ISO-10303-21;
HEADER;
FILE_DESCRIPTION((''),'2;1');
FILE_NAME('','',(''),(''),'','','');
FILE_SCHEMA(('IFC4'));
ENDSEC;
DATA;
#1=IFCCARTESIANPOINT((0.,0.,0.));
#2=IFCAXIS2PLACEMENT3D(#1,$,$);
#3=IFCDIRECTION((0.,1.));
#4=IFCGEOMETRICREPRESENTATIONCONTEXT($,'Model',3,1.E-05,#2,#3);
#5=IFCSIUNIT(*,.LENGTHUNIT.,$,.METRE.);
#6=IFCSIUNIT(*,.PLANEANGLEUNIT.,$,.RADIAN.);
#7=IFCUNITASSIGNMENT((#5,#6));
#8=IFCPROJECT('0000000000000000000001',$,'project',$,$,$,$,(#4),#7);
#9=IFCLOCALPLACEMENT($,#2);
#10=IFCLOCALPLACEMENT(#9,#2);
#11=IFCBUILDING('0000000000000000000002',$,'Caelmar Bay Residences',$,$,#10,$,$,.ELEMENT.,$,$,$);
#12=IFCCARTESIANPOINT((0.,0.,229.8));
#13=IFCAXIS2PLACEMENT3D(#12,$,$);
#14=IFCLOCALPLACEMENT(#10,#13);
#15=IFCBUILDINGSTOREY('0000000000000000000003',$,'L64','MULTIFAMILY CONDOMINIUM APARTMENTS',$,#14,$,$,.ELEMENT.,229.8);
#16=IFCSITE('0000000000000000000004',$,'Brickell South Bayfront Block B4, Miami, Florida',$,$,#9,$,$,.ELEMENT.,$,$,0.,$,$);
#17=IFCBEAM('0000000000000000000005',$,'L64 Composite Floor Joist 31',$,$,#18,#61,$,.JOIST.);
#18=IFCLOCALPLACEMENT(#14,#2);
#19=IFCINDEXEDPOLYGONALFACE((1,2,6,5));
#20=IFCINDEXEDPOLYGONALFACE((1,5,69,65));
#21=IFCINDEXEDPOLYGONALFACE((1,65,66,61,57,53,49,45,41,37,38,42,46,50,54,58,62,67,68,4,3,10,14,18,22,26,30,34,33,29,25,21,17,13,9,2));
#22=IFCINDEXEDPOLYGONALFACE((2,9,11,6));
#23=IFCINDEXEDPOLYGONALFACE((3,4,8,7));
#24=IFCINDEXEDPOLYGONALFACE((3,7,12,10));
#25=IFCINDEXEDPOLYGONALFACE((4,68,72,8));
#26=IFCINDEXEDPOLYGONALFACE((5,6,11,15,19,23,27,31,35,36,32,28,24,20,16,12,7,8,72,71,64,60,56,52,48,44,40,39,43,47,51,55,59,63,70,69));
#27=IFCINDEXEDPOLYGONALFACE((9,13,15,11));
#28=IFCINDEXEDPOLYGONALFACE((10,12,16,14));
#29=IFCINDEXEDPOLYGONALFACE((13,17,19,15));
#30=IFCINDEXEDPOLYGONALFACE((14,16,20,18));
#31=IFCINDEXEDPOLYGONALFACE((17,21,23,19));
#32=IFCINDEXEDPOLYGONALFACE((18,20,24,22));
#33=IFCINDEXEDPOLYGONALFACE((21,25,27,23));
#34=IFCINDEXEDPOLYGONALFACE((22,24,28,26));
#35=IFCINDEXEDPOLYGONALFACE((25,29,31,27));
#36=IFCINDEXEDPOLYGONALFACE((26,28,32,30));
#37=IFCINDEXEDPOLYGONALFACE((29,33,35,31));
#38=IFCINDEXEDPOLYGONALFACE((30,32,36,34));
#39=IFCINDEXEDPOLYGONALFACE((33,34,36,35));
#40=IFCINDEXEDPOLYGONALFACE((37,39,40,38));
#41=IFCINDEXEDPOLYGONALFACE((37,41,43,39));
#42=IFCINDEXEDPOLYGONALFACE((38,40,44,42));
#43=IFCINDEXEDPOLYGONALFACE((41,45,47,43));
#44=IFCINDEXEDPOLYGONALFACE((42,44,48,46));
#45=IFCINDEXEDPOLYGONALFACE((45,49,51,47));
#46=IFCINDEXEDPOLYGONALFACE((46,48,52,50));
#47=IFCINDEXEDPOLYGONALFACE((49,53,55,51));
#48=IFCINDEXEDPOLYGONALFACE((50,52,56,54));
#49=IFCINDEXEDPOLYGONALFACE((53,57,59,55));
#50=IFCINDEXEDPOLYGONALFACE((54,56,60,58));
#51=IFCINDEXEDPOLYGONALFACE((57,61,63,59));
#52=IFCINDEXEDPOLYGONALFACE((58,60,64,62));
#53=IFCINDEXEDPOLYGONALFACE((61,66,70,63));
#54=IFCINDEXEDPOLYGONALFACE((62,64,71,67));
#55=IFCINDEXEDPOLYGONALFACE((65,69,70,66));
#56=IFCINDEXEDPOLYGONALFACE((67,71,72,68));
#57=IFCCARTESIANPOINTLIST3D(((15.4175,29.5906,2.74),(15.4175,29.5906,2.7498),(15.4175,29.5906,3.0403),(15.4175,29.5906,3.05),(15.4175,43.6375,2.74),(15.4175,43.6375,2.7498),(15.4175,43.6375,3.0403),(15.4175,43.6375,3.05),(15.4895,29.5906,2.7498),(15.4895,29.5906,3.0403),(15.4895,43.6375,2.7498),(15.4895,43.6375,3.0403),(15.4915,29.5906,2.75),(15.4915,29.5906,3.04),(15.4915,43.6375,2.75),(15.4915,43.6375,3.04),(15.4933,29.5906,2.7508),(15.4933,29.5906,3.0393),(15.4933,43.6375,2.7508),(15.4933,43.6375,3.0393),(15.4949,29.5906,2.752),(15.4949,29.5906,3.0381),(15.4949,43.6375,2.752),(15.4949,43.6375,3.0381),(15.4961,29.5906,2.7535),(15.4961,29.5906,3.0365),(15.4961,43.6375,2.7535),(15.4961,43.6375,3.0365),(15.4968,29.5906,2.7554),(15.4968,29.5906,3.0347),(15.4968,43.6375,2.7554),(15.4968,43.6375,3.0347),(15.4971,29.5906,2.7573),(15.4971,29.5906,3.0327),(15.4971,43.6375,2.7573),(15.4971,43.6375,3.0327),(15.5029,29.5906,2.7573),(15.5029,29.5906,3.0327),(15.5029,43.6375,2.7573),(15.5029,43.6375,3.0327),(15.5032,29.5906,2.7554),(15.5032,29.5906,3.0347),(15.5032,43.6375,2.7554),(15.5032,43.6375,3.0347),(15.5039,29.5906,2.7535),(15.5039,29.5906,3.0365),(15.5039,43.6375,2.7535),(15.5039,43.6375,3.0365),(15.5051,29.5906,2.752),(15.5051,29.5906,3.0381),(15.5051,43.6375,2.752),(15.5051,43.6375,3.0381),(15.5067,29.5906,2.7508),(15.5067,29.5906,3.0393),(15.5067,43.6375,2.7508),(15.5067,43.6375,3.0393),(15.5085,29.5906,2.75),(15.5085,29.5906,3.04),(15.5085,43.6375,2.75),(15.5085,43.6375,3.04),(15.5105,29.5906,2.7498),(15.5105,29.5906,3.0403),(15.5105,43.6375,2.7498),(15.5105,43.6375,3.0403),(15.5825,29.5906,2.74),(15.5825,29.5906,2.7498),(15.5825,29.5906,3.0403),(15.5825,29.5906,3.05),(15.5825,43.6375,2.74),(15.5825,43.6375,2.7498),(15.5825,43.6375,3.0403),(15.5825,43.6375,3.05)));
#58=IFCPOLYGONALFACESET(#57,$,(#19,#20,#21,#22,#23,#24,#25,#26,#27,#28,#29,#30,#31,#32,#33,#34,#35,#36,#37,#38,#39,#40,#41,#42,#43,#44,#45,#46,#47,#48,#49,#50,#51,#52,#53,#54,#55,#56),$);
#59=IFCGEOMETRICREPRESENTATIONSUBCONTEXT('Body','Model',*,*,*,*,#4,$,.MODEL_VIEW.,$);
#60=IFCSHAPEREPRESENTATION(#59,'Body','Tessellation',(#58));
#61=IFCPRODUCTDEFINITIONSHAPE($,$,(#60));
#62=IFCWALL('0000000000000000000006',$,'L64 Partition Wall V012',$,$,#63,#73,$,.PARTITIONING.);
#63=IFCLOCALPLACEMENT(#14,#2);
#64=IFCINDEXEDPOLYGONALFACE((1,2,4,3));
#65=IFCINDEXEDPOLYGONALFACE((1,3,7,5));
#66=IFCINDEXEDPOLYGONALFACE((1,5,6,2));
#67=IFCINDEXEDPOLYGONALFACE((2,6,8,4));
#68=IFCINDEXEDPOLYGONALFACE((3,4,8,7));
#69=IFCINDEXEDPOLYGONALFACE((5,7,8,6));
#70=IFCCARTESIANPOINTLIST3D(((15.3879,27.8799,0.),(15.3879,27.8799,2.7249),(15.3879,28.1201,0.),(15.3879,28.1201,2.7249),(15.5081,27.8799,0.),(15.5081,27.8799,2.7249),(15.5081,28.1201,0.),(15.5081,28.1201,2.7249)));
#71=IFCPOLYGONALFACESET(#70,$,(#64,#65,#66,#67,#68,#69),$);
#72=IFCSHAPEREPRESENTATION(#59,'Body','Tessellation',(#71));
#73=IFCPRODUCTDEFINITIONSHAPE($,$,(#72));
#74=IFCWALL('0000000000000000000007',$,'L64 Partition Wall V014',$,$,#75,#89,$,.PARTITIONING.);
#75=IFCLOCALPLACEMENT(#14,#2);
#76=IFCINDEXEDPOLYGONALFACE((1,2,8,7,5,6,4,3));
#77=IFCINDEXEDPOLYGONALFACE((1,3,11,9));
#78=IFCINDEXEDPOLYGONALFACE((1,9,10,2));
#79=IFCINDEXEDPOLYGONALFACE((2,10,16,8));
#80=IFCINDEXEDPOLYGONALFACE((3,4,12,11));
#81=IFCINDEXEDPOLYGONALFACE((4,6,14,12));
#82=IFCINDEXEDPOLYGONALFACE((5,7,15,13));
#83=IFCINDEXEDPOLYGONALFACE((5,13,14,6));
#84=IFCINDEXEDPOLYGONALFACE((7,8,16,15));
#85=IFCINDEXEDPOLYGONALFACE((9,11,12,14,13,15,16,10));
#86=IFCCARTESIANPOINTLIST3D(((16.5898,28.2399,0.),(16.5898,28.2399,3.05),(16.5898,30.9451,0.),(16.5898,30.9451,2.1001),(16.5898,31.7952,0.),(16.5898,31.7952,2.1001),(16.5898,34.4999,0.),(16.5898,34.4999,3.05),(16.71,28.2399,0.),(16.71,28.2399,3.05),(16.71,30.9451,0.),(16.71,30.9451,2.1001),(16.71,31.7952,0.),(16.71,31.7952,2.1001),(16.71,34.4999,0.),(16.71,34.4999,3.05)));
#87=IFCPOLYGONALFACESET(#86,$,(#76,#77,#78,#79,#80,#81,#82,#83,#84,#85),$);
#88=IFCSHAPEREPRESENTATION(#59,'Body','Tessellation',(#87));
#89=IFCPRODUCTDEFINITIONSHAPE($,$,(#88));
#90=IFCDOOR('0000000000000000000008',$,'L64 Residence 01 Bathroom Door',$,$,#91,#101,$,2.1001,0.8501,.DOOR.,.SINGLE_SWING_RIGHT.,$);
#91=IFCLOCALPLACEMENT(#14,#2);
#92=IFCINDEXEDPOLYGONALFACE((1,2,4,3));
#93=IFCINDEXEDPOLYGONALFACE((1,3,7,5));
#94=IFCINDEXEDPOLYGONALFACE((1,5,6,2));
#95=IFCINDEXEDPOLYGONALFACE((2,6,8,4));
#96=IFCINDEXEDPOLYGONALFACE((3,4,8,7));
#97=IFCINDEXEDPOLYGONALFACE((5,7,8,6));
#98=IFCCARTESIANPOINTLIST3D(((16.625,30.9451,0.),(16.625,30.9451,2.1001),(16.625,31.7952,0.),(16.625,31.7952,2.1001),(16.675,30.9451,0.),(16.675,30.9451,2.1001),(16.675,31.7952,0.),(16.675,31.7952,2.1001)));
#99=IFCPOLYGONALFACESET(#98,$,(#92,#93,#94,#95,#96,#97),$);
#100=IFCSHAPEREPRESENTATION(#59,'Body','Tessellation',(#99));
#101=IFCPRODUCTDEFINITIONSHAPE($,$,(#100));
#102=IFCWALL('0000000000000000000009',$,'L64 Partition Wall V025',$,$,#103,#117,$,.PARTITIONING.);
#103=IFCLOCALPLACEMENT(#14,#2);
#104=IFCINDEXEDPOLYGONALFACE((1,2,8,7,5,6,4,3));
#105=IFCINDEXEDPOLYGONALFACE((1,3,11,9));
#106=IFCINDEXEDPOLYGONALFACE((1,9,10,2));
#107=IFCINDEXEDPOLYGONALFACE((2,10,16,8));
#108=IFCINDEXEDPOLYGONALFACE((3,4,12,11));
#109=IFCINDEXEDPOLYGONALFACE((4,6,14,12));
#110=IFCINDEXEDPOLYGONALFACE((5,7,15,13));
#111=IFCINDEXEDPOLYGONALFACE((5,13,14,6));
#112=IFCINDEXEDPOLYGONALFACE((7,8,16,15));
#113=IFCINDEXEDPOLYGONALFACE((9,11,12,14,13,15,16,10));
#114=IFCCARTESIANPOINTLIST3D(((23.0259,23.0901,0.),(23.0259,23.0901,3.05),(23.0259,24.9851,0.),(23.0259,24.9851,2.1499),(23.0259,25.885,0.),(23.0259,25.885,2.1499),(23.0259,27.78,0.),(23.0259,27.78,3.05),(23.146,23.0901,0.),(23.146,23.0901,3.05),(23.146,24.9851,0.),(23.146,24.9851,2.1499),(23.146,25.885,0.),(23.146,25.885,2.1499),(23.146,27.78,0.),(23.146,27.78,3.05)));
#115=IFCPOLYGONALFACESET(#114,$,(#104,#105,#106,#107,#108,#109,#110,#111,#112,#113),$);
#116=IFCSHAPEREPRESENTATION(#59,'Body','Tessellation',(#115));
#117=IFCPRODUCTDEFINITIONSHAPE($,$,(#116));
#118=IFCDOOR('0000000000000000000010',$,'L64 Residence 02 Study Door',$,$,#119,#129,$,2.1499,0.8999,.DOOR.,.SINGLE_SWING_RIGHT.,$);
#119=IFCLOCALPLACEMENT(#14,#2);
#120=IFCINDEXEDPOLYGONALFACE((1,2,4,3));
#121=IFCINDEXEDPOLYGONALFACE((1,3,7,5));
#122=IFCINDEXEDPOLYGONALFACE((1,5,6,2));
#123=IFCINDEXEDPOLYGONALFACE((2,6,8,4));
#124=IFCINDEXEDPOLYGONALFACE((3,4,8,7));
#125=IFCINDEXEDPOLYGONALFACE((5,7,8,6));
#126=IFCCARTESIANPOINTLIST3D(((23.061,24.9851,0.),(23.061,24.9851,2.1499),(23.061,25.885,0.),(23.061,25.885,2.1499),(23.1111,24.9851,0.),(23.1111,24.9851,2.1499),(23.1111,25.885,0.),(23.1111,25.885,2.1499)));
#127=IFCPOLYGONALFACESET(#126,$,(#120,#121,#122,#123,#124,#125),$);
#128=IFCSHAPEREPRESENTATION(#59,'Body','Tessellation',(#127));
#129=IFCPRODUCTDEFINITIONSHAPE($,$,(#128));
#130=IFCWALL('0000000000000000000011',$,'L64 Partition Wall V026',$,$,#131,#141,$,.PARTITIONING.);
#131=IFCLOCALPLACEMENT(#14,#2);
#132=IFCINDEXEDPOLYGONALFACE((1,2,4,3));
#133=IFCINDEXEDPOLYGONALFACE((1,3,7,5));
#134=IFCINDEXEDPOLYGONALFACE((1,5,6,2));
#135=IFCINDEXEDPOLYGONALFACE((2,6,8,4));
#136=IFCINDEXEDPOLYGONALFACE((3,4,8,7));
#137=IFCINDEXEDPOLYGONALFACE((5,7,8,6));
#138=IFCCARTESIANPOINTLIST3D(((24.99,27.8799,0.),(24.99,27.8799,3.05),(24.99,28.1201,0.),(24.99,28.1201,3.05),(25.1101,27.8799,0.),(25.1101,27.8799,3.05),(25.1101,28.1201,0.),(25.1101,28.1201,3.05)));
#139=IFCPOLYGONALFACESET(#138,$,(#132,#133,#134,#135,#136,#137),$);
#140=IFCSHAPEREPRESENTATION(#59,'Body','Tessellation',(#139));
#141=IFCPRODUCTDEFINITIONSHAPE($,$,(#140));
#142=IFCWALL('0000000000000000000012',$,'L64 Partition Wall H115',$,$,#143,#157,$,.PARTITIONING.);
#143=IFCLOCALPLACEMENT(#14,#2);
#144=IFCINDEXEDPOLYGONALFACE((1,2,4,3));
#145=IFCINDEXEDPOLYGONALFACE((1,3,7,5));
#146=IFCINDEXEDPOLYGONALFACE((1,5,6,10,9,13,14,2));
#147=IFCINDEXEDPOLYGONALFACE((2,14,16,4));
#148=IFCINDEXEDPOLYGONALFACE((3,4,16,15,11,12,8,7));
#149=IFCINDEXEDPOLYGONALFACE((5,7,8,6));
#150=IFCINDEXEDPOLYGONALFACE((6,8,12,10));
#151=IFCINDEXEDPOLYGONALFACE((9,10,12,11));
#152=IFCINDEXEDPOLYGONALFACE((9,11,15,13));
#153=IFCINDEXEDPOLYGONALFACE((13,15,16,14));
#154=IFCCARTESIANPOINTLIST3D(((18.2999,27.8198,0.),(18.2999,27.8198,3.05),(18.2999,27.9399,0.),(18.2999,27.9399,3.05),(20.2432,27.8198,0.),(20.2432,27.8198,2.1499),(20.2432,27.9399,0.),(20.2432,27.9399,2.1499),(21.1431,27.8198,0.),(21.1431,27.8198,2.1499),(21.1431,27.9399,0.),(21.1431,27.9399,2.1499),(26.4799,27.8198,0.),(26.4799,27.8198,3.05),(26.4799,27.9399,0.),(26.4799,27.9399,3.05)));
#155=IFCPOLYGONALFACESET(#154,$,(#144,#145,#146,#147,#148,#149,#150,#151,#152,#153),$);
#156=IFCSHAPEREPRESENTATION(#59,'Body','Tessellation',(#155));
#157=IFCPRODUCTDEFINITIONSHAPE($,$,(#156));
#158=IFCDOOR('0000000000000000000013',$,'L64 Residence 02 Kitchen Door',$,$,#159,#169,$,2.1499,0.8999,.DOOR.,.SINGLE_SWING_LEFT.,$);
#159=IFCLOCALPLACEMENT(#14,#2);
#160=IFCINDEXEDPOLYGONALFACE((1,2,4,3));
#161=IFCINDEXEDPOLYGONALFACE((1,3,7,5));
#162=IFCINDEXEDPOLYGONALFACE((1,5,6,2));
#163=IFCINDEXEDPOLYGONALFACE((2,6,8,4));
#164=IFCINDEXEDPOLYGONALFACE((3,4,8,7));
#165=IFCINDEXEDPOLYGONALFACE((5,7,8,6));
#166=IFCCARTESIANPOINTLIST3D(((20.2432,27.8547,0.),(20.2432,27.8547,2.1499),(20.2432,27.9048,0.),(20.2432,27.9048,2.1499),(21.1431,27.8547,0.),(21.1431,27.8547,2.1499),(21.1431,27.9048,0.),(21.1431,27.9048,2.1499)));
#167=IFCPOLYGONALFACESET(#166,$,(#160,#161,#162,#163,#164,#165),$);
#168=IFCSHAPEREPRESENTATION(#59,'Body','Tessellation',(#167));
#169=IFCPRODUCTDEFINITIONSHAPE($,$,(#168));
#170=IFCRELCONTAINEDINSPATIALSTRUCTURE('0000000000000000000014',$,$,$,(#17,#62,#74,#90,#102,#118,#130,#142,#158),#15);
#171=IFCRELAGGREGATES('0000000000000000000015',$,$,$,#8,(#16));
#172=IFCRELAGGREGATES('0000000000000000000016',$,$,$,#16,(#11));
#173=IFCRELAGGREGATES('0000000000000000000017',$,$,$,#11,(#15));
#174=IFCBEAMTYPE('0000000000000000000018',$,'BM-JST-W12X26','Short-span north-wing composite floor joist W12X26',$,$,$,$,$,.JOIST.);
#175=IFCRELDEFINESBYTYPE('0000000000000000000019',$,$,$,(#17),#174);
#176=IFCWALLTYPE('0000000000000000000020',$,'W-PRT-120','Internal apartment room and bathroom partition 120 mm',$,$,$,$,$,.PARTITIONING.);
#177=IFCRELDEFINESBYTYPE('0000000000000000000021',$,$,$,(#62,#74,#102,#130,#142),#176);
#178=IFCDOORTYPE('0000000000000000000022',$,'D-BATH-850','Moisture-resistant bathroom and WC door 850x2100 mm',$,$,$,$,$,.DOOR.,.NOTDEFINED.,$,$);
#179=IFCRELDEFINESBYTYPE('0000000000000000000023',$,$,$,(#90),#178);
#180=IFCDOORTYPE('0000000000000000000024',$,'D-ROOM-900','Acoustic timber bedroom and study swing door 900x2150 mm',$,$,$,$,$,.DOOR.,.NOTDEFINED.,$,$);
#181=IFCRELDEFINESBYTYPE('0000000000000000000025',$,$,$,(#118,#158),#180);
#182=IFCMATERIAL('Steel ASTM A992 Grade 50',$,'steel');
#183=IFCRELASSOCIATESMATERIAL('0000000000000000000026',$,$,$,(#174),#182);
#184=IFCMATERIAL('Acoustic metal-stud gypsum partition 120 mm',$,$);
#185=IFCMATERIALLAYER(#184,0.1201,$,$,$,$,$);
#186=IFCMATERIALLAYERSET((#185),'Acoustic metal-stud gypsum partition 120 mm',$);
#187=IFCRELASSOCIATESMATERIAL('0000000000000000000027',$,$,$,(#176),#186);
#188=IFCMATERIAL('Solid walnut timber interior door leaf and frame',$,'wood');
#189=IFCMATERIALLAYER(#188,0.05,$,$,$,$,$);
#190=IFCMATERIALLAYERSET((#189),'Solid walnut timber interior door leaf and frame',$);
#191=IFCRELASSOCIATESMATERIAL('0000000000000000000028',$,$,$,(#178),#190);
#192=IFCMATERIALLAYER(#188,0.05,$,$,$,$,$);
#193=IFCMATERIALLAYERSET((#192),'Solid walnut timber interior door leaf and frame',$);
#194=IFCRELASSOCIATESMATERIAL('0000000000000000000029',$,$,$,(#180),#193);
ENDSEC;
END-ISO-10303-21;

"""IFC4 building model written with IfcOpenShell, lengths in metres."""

from ifc_helpers import new_model, si_unit, direction, frame, frame_2d, origin, origin_2d, place, context, subcontext, project, spatial, rectangle, i_section, extrude, material, layer, layer_set, material_profile, profile_set, type_object, element, fill, save


model = new_model("IFC4")

# Units and contexts
model_context = context("Model", 3, precision=1e-05, world=origin(), true_north=direction((0.0, 1.0)))
body_context = subcontext(model_context, "Body", "Model", "MODEL_VIEW")
ifc_project = project(units=[si_unit("LENGTHUNIT", "METRE"), si_unit("PLANEANGLEUNIT", "RADIAN")], contexts=[model_context])

# Site, building, storey
site_placement = place(None, origin())
site = spatial("IfcSite", under=ifc_project, at=site_placement, Name="Brickell South Bayfront Block B4, Miami, Florida", CompositionType="ELEMENT", RefElevation=0.0)
building_placement = place(site_placement, origin())
building = spatial("IfcBuilding", under=site, at=building_placement, Name="Caelmar Bay Residences", CompositionType="ELEMENT")
storey_placement = place(building_placement, frame((0.0, 0.0, 229.8)))
storey = spatial("IfcBuildingStorey", under=building, at=storey_placement, Name="L64", Description="MULTIFAMILY CONDOMINIUM APARTMENTS", CompositionType="ELEMENT", Elevation=229.8)

# Beam
ifc_material_1 = material(Name="Steel ASTM A992 Grade 50", Category="steel")
ifc_material_profile_1 = material_profile(ifc_material_1, i_section(OverallWidth=0.165, OverallDepth=0.3101, WebThickness=0.0059, FlangeThickness=0.0098, FilletRadius=0.0076, at=origin_2d()), Name="W12X26")
ifc_profile_set_1 = profile_set([ifc_material_profile_1], Name="Steel ASTM A992 Grade 50")
beam_type_1 = type_object("IfcBeamType", Name="BM-JST-W12X26", Description="Short-span north-wing composite floor joist W12X26", PredefinedType="JOIST", material=ifc_profile_set_1)
beam_1_placement = place(storey_placement, frame((15.5, 29.5906, 2.895), z_axis=(0.0, 1.0, 0.0), x_axis=(-1.0, 0.0, 0.0)))
element("IfcBeam", 1, at=beam_1_placement, inside=storey, type_object=beam_type_1, Name="L64 Composite Floor Joist 31", PredefinedType="JOIST", context=body_context, shape_type="SweptSolid", body=[
    extrude(i_section(OverallWidth=0.165, OverallDepth=0.3101, WebThickness=0.0059, FlangeThickness=0.0098, FilletRadius=0.0076, at=origin_2d()), origin(), (0.0, 0.0, 1.0), 14.0469),
])

# Wall
ifc_material_2 = material(Name="Acoustic metal-stud gypsum partition 120 mm")
ifc_layer_1 = layer(ifc_material_2, 0.1201)
ifc_layer_set_1 = layer_set([ifc_layer_1], Name="Acoustic metal-stud gypsum partition 120 mm")
wall_type_1 = type_object("IfcWallType", Name="W-PRT-120", Description="Internal apartment room and bathroom partition 120 mm", PredefinedType="PARTITIONING", material=ifc_layer_set_1)
wall_1_placement = place(storey_placement, frame((15.448, 27.8799, 0.0), z_axis=(0.0, 0.0, 1.0), x_axis=(0.0, 1.0, 0.0)))
element("IfcWall", 2, at=wall_1_placement, inside=storey, type_object=wall_type_1, Name="L64 Partition Wall V012", PredefinedType="PARTITIONING", context=body_context, shape_type="SweptSolid", body=[
    extrude(rectangle(XDim=0.2402, YDim=0.1201, at=frame_2d((0.1201, 0.0))), origin(), (0.0, 0.0, 1.0), 2.7249),
])

# Walls, openings, doors
wall_2_placement = place(storey_placement, frame((16.6499, 28.24, 0.0), z_axis=(0.0, 0.0, 1.0), x_axis=(0.0, 1.0, 0.0)))
wall_2 = element("IfcWall", 3, at=wall_2_placement, inside=storey, type_object=wall_type_1, Name="L64 Partition Wall V014", PredefinedType="PARTITIONING", context=body_context, shape_type="SweptSolid", body=[
    extrude(rectangle(XDim=6.26, YDim=0.1201, at=frame_2d((3.1299, 0.0))), origin(), (0.0, 0.0, 1.0), 3.05),
])
opening_1_placement = place(wall_2_placement, frame((2.7051, 0.0, 0.0)))
opening_1 = element("IfcOpeningElement", 4, at=opening_1_placement, cuts=wall_2, PredefinedType="OPENING", context=body_context, shape_type="SweptSolid", body=[
    extrude(rectangle(XDim=0.8501, YDim=2.1001, at=frame_2d((0.425, 1.05))), frame((0.0, 0.0701, 0.0), z_axis=(0.0, -1.0, 0.0), x_axis=(1.0, 0.0, 0.0)), (0.0, 0.0, 1.0), 0.1401),
])
ifc_material_3 = material(Name="Solid walnut timber interior door leaf and frame", Category="wood")
ifc_layer_2 = layer(ifc_material_3, 0.05)
ifc_layer_set_2 = layer_set([ifc_layer_2], Name="Solid walnut timber interior door leaf and frame")
door_type_1 = type_object("IfcDoorType", Name="D-BATH-850", Description="Moisture-resistant bathroom and WC door 850x2100 mm", OperationType="NOTDEFINED", PredefinedType="DOOR", material=ifc_layer_set_2)
door_1_placement = place(opening_1_placement, origin())
door_1 = element("IfcDoor", 5, at=door_1_placement, inside=storey, type_object=door_type_1, Name="L64 Residence 01 Bathroom Door", OperationType="SINGLE_SWING_RIGHT", OverallHeight=2.1001, OverallWidth=0.8501, PredefinedType="DOOR", context=body_context, shape_type="SweptSolid", body=[
    extrude(rectangle(XDim=0.8501, YDim=2.1001, at=frame_2d((0.425, 1.05))), frame((0.0, 0.0249, 0.0), z_axis=(0.0, -1.0, 0.0), x_axis=(1.0, 0.0, 0.0)), (0.0, 0.0, 1.0), 0.05),
])
fill(opening_1, door_1)
wall_3_placement = place(storey_placement, frame((23.0859, 23.0901, 0.0), z_axis=(0.0, 0.0, 1.0), x_axis=(0.0, 1.0, 0.0)))
wall_3 = element("IfcWall", 6, at=wall_3_placement, inside=storey, type_object=wall_type_1, Name="L64 Partition Wall V025", PredefinedType="PARTITIONING", context=body_context, shape_type="SweptSolid", body=[
    extrude(rectangle(XDim=4.6899, YDim=0.1201, at=frame_2d((2.345, 0.0))), origin(), (0.0, 0.0, 1.0), 3.05),
])
opening_2_placement = place(wall_3_placement, frame((1.895, 0.0, 0.0)))
opening_2 = element("IfcOpeningElement", 7, at=opening_2_placement, cuts=wall_3, PredefinedType="OPENING", context=body_context, shape_type="SweptSolid", body=[
    extrude(rectangle(XDim=0.8999, YDim=2.1499, at=frame_2d((0.45, 1.075))), frame((0.0, 0.0701, 0.0), z_axis=(0.0, -1.0, 0.0), x_axis=(1.0, 0.0, 0.0)), (0.0, 0.0, 1.0), 0.1401),
])
ifc_layer_3 = layer(ifc_material_3, 0.05)
ifc_layer_set_3 = layer_set([ifc_layer_3], Name="Solid walnut timber interior door leaf and frame")
door_type_2 = type_object("IfcDoorType", Name="D-ROOM-900", Description="Acoustic timber bedroom and study swing door 900x2150 mm", OperationType="NOTDEFINED", PredefinedType="DOOR", material=ifc_layer_set_3)
door_2_placement = place(opening_2_placement, origin())
door_2 = element("IfcDoor", 8, at=door_2_placement, inside=storey, type_object=door_type_2, Name="L64 Residence 02 Study Door", OperationType="SINGLE_SWING_RIGHT", OverallHeight=2.1499, OverallWidth=0.8999, PredefinedType="DOOR", context=body_context, shape_type="SweptSolid", body=[
    extrude(rectangle(XDim=0.8999, YDim=2.1499, at=frame_2d((0.45, 1.075))), frame((0.0, 0.0249, 0.0), z_axis=(0.0, -1.0, 0.0), x_axis=(1.0, 0.0, 0.0)), (0.0, 0.0, 1.0), 0.05),
])
fill(opening_2, door_2)

# Wall
wall_4_placement = place(storey_placement, frame((25.05, 27.8799, 0.0), z_axis=(0.0, 0.0, 1.0), x_axis=(0.0, 1.0, 0.0)))
element("IfcWall", 9, at=wall_4_placement, inside=storey, type_object=wall_type_1, Name="L64 Partition Wall V026", PredefinedType="PARTITIONING", context=body_context, shape_type="SweptSolid", body=[
    extrude(rectangle(XDim=0.2402, YDim=0.1201, at=frame_2d((0.1201, 0.0))), origin(), (0.0, 0.0, 1.0), 3.05),
])

# Wall, opening, door
wall_5_placement = place(storey_placement, frame((18.3, 27.8799, 0.0), z_axis=(0.0, 0.0, 1.0), x_axis=(1.0, 0.0, 0.0)))
wall_5 = element("IfcWall", 10, at=wall_5_placement, inside=storey, type_object=wall_type_1, Name="L64 Partition Wall H115", PredefinedType="PARTITIONING", context=body_context, shape_type="SweptSolid", body=[
    extrude(rectangle(XDim=8.1799, YDim=0.1201, at=frame_2d((4.0898, 0.0))), origin(), (0.0, 0.0, 1.0), 3.05),
])
opening_3_placement = place(wall_5_placement, frame((1.9431, 0.0, 0.0)))
opening_3 = element("IfcOpeningElement", 11, at=opening_3_placement, cuts=wall_5, PredefinedType="OPENING", context=body_context, shape_type="SweptSolid", body=[
    extrude(rectangle(XDim=0.8999, YDim=2.1499, at=frame_2d((0.45, 1.075))), frame((0.0, 0.0701, 0.0), z_axis=(0.0, -1.0, 0.0), x_axis=(1.0, 0.0, 0.0)), (0.0, 0.0, 1.0), 0.1401),
])
door_3_placement = place(opening_3_placement, origin())
door_3 = element("IfcDoor", 12, at=door_3_placement, inside=storey, type_object=door_type_2, Name="L64 Residence 02 Kitchen Door", OperationType="SINGLE_SWING_LEFT", OverallHeight=2.1499, OverallWidth=0.8999, PredefinedType="DOOR", context=body_context, shape_type="SweptSolid", body=[
    extrude(rectangle(XDim=0.8999, YDim=2.1499, at=frame_2d((0.45, 1.075))), frame((0.0, 0.0249, 0.0), z_axis=(0.0, -1.0, 0.0), x_axis=(1.0, 0.0, 0.0)), (0.0, 0.0, 1.0), 0.05),
])
fill(opening_3, door_3)

save(model, "model.ifc")
